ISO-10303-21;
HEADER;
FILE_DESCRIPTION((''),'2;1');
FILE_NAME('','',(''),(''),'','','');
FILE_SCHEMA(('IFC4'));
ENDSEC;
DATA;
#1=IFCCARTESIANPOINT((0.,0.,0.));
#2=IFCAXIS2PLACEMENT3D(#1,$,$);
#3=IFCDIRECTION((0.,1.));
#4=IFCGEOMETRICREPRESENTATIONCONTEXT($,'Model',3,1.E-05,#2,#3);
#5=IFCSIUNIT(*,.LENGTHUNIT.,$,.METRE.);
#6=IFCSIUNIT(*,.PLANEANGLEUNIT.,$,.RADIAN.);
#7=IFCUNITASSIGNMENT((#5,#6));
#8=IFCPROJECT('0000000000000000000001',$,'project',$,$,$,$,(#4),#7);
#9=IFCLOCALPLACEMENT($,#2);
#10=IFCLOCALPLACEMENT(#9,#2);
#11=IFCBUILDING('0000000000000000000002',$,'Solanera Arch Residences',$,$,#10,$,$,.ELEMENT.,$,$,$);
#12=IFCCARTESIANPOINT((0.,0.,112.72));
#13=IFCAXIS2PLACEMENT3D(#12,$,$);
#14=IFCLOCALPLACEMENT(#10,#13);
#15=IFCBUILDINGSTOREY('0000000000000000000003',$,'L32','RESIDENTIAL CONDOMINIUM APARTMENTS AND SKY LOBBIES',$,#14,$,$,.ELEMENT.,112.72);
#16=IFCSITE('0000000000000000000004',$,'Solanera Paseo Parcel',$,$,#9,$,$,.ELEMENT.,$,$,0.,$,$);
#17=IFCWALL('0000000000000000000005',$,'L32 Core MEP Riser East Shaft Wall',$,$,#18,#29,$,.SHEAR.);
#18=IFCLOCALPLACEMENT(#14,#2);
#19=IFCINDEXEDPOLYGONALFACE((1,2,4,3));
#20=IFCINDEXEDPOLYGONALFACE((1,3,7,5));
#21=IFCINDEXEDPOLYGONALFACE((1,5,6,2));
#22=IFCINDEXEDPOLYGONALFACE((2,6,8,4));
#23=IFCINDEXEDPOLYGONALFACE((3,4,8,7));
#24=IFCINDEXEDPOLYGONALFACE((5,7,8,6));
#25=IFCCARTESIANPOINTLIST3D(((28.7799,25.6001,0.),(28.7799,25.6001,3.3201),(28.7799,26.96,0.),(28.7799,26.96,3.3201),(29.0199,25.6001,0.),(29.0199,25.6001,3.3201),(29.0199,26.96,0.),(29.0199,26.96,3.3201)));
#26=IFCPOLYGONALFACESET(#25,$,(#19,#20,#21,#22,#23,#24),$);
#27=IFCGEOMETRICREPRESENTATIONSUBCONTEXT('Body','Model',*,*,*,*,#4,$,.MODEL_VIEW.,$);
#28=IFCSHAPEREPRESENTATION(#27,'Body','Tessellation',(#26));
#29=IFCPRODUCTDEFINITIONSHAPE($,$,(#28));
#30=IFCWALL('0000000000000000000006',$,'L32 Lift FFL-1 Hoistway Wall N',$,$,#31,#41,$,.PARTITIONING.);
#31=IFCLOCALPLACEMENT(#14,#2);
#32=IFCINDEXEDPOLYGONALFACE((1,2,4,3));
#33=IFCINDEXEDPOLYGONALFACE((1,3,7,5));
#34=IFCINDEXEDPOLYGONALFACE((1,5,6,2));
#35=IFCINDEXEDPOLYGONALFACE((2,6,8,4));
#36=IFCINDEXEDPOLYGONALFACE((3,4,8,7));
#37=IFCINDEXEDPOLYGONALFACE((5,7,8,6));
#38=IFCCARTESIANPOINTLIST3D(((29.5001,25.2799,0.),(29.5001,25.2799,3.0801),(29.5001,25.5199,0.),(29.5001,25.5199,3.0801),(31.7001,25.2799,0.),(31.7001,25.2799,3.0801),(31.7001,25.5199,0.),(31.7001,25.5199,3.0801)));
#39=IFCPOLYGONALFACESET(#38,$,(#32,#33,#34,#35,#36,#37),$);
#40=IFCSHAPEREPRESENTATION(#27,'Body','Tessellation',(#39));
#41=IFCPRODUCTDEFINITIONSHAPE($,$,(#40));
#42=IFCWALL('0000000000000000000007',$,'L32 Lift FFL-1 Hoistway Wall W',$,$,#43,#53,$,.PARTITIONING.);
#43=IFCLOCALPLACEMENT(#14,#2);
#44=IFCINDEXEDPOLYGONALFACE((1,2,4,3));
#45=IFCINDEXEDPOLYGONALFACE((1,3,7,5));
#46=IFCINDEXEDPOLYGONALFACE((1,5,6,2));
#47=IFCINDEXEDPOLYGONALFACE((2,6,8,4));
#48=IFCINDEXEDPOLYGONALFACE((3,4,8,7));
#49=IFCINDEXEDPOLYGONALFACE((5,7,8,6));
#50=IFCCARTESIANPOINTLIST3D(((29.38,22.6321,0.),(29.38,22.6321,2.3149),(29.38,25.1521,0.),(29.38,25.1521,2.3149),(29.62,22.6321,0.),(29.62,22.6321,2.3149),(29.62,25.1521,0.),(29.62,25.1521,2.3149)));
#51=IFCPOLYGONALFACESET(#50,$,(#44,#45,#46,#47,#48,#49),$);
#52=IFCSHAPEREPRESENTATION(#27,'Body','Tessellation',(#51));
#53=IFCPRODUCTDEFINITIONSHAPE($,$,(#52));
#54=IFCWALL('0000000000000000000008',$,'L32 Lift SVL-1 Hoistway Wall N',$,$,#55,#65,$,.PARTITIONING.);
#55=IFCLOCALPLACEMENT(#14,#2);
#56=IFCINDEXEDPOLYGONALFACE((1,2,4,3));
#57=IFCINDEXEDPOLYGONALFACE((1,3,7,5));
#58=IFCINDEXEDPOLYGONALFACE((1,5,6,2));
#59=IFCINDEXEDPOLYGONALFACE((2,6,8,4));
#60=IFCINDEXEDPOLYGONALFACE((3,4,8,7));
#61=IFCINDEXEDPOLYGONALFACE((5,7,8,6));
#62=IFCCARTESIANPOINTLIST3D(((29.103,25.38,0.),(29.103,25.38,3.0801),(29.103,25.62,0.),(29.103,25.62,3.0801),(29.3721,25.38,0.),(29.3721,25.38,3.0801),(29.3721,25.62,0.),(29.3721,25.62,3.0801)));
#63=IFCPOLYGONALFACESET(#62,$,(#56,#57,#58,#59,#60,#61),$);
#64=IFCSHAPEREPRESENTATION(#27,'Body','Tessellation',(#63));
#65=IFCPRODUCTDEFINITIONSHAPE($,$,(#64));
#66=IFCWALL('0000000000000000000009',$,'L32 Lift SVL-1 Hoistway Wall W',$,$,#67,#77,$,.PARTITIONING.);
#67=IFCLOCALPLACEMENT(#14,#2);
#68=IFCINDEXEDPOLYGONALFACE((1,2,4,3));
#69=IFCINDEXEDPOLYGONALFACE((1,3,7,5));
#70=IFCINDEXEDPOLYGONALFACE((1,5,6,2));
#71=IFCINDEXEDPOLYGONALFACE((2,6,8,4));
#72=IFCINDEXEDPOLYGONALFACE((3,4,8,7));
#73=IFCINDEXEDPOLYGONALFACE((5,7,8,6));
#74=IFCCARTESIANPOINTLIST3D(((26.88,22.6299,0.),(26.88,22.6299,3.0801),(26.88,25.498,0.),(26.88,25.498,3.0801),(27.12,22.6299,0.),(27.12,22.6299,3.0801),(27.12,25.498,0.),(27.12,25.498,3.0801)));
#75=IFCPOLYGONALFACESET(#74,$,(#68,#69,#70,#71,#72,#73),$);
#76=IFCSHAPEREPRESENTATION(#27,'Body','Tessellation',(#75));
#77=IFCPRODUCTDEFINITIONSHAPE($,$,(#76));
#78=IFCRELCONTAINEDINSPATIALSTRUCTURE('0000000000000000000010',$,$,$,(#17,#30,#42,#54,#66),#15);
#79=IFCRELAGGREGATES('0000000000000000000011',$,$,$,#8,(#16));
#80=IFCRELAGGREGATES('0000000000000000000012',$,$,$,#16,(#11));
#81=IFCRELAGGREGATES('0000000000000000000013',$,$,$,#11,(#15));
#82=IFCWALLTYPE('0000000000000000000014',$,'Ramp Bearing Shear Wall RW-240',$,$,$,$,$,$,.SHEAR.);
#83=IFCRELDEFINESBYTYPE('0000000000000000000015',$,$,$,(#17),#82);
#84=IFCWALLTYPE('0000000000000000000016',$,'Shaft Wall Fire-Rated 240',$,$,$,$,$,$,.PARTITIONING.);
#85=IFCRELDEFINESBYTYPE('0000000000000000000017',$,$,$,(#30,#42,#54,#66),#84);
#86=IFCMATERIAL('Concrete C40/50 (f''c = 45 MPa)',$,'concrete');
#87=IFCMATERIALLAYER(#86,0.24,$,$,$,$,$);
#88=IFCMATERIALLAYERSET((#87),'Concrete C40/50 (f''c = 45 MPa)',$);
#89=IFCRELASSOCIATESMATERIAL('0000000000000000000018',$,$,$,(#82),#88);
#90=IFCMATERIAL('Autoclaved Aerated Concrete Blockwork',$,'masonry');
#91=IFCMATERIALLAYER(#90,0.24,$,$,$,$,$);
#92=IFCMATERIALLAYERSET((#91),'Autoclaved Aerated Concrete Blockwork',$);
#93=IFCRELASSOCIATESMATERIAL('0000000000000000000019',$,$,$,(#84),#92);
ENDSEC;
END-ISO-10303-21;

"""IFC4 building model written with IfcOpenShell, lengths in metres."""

from ifc_helpers import new_model, si_unit, direction, frame, frame_2d, origin, place, context, subcontext, project, spatial, rectangle, extrude, material, layer, layer_set, type_object, element, save


model = new_model("IFC4")

# Units and contexts
model_context = context("Model", 3, precision=1e-05, world=origin(), true_north=direction((0.0, 1.0)))
body_context = subcontext(model_context, "Body", "Model", "MODEL_VIEW")
ifc_project = project(units=[si_unit("LENGTHUNIT", "METRE"), si_unit("PLANEANGLEUNIT", "RADIAN")], contexts=[model_context])

# Site, building, storey
site_placement = place(None, origin())
site = spatial("IfcSite", under=ifc_project, at=site_placement, Name="Solanera Paseo Parcel", CompositionType="ELEMENT", RefElevation=0.0)
building_placement = place(site_placement, origin())
building = spatial("IfcBuilding", under=site, at=building_placement, Name="Solanera Arch Residences", CompositionType="ELEMENT")
storey_placement = place(building_placement, frame((0.0, 0.0, 112.72)))
storey = spatial("IfcBuildingStorey", under=building, at=storey_placement, Name="L32", Description="RESIDENTIAL CONDOMINIUM APARTMENTS AND SKY LOBBIES", CompositionType="ELEMENT", Elevation=112.72)

# Walls
ifc_material_1 = material(Name="Concrete C40/50 (f'c = 45 MPa)", Category="concrete")
ifc_layer_1 = layer(ifc_material_1, 0.24)
ifc_layer_set_1 = layer_set([ifc_layer_1], Name="Concrete C40/50 (f'c = 45 MPa)")
wall_type_1 = type_object("IfcWallType", Name="Ramp Bearing Shear Wall RW-240", PredefinedType="SHEAR", material=ifc_layer_set_1)
for number, where, z_axis, x_axis, name in (
    (1, (28.8999, 25.6001, 0.0), (0.0, 0.0, 1.0), (0.0, 1.0, 0.0), "L32 Core MEP Riser East Shaft Wall"),
):
    element("IfcWall", number, at=place(storey_placement, frame(where, z_axis=z_axis, x_axis=x_axis)), inside=storey, type_object=wall_type_1, Name=name, PredefinedType="SHEAR", context=body_context, shape_type="SweptSolid", body=[
        extrude(rectangle(XDim=1.3599, YDim=0.24, at=frame_2d((0.6799, 0.0))), origin(), (0.0, 0.0, 1.0), 3.3201),
    ])
ifc_material_2 = material(Name="Autoclaved Aerated Concrete Blockwork", Category="masonry")
ifc_layer_2 = layer(ifc_material_2, 0.24)
ifc_layer_set_2 = layer_set([ifc_layer_2], Name="Autoclaved Aerated Concrete Blockwork")
wall_type_2 = type_object("IfcWallType", Name="Shaft Wall Fire-Rated 240", PredefinedType="PARTITIONING", material=ifc_layer_set_2)
wall_1_placement = place(storey_placement, frame((29.5, 25.3999, 0.0), z_axis=(0.0, 0.0, 1.0), x_axis=(1.0, 0.0, 0.0)))
element("IfcWall", 2, at=wall_1_placement, inside=storey, type_object=wall_type_2, Name="L32 Lift FFL-1 Hoistway Wall N", PredefinedType="PARTITIONING", context=body_context, shape_type="SweptSolid", body=[
    extrude(rectangle(XDim=2.2, YDim=0.24, at=frame_2d((1.1001, 0.0))), origin(), (0.0, 0.0, 1.0), 3.0801),
])
wall_2_placement = place(storey_placement, frame((29.5, 22.6321, 0.0), z_axis=(0.0, 0.0, 1.0), x_axis=(0.0, 1.0, 0.0)))
element("IfcWall", 3, at=wall_2_placement, inside=storey, type_object=wall_type_2, Name="L32 Lift FFL-1 Hoistway Wall W", PredefinedType="PARTITIONING", context=body_context, shape_type="SweptSolid", body=[
    extrude(rectangle(XDim=2.52, YDim=0.24, at=frame_2d((1.26, 0.0))), origin(), (0.0, 0.0, 1.0), 2.3149),
])
wall_3_placement = place(storey_placement, frame((29.103, 25.5, 0.0), z_axis=(0.0, 0.0, 1.0), x_axis=(1.0, 0.0, 0.0)))
element("IfcWall", 4, at=wall_3_placement, inside=storey, type_object=wall_type_2, Name="L32 Lift SVL-1 Hoistway Wall N", PredefinedType="PARTITIONING", context=body_context, shape_type="SweptSolid", body=[
    extrude(rectangle(XDim=0.269, YDim=0.24, at=frame_2d((0.1345, 0.0))), origin(), (0.0, 0.0, 1.0), 3.0801),
])
wall_4_placement = place(storey_placement, frame((27.0, 22.6299, 0.0), z_axis=(0.0, 0.0, 1.0), x_axis=(0.0, 1.0, 0.0)))
element("IfcWall", 5, at=wall_4_placement, inside=storey, type_object=wall_type_2, Name="L32 Lift SVL-1 Hoistway Wall W", PredefinedType="PARTITIONING", context=body_context, shape_type="SweptSolid", body=[
    extrude(rectangle(XDim=2.8682, YDim=0.24, at=frame_2d((1.4341, 0.0))), origin(), (0.0, 0.0, 1.0), 3.0801),
])

save(model, "model.ifc")
